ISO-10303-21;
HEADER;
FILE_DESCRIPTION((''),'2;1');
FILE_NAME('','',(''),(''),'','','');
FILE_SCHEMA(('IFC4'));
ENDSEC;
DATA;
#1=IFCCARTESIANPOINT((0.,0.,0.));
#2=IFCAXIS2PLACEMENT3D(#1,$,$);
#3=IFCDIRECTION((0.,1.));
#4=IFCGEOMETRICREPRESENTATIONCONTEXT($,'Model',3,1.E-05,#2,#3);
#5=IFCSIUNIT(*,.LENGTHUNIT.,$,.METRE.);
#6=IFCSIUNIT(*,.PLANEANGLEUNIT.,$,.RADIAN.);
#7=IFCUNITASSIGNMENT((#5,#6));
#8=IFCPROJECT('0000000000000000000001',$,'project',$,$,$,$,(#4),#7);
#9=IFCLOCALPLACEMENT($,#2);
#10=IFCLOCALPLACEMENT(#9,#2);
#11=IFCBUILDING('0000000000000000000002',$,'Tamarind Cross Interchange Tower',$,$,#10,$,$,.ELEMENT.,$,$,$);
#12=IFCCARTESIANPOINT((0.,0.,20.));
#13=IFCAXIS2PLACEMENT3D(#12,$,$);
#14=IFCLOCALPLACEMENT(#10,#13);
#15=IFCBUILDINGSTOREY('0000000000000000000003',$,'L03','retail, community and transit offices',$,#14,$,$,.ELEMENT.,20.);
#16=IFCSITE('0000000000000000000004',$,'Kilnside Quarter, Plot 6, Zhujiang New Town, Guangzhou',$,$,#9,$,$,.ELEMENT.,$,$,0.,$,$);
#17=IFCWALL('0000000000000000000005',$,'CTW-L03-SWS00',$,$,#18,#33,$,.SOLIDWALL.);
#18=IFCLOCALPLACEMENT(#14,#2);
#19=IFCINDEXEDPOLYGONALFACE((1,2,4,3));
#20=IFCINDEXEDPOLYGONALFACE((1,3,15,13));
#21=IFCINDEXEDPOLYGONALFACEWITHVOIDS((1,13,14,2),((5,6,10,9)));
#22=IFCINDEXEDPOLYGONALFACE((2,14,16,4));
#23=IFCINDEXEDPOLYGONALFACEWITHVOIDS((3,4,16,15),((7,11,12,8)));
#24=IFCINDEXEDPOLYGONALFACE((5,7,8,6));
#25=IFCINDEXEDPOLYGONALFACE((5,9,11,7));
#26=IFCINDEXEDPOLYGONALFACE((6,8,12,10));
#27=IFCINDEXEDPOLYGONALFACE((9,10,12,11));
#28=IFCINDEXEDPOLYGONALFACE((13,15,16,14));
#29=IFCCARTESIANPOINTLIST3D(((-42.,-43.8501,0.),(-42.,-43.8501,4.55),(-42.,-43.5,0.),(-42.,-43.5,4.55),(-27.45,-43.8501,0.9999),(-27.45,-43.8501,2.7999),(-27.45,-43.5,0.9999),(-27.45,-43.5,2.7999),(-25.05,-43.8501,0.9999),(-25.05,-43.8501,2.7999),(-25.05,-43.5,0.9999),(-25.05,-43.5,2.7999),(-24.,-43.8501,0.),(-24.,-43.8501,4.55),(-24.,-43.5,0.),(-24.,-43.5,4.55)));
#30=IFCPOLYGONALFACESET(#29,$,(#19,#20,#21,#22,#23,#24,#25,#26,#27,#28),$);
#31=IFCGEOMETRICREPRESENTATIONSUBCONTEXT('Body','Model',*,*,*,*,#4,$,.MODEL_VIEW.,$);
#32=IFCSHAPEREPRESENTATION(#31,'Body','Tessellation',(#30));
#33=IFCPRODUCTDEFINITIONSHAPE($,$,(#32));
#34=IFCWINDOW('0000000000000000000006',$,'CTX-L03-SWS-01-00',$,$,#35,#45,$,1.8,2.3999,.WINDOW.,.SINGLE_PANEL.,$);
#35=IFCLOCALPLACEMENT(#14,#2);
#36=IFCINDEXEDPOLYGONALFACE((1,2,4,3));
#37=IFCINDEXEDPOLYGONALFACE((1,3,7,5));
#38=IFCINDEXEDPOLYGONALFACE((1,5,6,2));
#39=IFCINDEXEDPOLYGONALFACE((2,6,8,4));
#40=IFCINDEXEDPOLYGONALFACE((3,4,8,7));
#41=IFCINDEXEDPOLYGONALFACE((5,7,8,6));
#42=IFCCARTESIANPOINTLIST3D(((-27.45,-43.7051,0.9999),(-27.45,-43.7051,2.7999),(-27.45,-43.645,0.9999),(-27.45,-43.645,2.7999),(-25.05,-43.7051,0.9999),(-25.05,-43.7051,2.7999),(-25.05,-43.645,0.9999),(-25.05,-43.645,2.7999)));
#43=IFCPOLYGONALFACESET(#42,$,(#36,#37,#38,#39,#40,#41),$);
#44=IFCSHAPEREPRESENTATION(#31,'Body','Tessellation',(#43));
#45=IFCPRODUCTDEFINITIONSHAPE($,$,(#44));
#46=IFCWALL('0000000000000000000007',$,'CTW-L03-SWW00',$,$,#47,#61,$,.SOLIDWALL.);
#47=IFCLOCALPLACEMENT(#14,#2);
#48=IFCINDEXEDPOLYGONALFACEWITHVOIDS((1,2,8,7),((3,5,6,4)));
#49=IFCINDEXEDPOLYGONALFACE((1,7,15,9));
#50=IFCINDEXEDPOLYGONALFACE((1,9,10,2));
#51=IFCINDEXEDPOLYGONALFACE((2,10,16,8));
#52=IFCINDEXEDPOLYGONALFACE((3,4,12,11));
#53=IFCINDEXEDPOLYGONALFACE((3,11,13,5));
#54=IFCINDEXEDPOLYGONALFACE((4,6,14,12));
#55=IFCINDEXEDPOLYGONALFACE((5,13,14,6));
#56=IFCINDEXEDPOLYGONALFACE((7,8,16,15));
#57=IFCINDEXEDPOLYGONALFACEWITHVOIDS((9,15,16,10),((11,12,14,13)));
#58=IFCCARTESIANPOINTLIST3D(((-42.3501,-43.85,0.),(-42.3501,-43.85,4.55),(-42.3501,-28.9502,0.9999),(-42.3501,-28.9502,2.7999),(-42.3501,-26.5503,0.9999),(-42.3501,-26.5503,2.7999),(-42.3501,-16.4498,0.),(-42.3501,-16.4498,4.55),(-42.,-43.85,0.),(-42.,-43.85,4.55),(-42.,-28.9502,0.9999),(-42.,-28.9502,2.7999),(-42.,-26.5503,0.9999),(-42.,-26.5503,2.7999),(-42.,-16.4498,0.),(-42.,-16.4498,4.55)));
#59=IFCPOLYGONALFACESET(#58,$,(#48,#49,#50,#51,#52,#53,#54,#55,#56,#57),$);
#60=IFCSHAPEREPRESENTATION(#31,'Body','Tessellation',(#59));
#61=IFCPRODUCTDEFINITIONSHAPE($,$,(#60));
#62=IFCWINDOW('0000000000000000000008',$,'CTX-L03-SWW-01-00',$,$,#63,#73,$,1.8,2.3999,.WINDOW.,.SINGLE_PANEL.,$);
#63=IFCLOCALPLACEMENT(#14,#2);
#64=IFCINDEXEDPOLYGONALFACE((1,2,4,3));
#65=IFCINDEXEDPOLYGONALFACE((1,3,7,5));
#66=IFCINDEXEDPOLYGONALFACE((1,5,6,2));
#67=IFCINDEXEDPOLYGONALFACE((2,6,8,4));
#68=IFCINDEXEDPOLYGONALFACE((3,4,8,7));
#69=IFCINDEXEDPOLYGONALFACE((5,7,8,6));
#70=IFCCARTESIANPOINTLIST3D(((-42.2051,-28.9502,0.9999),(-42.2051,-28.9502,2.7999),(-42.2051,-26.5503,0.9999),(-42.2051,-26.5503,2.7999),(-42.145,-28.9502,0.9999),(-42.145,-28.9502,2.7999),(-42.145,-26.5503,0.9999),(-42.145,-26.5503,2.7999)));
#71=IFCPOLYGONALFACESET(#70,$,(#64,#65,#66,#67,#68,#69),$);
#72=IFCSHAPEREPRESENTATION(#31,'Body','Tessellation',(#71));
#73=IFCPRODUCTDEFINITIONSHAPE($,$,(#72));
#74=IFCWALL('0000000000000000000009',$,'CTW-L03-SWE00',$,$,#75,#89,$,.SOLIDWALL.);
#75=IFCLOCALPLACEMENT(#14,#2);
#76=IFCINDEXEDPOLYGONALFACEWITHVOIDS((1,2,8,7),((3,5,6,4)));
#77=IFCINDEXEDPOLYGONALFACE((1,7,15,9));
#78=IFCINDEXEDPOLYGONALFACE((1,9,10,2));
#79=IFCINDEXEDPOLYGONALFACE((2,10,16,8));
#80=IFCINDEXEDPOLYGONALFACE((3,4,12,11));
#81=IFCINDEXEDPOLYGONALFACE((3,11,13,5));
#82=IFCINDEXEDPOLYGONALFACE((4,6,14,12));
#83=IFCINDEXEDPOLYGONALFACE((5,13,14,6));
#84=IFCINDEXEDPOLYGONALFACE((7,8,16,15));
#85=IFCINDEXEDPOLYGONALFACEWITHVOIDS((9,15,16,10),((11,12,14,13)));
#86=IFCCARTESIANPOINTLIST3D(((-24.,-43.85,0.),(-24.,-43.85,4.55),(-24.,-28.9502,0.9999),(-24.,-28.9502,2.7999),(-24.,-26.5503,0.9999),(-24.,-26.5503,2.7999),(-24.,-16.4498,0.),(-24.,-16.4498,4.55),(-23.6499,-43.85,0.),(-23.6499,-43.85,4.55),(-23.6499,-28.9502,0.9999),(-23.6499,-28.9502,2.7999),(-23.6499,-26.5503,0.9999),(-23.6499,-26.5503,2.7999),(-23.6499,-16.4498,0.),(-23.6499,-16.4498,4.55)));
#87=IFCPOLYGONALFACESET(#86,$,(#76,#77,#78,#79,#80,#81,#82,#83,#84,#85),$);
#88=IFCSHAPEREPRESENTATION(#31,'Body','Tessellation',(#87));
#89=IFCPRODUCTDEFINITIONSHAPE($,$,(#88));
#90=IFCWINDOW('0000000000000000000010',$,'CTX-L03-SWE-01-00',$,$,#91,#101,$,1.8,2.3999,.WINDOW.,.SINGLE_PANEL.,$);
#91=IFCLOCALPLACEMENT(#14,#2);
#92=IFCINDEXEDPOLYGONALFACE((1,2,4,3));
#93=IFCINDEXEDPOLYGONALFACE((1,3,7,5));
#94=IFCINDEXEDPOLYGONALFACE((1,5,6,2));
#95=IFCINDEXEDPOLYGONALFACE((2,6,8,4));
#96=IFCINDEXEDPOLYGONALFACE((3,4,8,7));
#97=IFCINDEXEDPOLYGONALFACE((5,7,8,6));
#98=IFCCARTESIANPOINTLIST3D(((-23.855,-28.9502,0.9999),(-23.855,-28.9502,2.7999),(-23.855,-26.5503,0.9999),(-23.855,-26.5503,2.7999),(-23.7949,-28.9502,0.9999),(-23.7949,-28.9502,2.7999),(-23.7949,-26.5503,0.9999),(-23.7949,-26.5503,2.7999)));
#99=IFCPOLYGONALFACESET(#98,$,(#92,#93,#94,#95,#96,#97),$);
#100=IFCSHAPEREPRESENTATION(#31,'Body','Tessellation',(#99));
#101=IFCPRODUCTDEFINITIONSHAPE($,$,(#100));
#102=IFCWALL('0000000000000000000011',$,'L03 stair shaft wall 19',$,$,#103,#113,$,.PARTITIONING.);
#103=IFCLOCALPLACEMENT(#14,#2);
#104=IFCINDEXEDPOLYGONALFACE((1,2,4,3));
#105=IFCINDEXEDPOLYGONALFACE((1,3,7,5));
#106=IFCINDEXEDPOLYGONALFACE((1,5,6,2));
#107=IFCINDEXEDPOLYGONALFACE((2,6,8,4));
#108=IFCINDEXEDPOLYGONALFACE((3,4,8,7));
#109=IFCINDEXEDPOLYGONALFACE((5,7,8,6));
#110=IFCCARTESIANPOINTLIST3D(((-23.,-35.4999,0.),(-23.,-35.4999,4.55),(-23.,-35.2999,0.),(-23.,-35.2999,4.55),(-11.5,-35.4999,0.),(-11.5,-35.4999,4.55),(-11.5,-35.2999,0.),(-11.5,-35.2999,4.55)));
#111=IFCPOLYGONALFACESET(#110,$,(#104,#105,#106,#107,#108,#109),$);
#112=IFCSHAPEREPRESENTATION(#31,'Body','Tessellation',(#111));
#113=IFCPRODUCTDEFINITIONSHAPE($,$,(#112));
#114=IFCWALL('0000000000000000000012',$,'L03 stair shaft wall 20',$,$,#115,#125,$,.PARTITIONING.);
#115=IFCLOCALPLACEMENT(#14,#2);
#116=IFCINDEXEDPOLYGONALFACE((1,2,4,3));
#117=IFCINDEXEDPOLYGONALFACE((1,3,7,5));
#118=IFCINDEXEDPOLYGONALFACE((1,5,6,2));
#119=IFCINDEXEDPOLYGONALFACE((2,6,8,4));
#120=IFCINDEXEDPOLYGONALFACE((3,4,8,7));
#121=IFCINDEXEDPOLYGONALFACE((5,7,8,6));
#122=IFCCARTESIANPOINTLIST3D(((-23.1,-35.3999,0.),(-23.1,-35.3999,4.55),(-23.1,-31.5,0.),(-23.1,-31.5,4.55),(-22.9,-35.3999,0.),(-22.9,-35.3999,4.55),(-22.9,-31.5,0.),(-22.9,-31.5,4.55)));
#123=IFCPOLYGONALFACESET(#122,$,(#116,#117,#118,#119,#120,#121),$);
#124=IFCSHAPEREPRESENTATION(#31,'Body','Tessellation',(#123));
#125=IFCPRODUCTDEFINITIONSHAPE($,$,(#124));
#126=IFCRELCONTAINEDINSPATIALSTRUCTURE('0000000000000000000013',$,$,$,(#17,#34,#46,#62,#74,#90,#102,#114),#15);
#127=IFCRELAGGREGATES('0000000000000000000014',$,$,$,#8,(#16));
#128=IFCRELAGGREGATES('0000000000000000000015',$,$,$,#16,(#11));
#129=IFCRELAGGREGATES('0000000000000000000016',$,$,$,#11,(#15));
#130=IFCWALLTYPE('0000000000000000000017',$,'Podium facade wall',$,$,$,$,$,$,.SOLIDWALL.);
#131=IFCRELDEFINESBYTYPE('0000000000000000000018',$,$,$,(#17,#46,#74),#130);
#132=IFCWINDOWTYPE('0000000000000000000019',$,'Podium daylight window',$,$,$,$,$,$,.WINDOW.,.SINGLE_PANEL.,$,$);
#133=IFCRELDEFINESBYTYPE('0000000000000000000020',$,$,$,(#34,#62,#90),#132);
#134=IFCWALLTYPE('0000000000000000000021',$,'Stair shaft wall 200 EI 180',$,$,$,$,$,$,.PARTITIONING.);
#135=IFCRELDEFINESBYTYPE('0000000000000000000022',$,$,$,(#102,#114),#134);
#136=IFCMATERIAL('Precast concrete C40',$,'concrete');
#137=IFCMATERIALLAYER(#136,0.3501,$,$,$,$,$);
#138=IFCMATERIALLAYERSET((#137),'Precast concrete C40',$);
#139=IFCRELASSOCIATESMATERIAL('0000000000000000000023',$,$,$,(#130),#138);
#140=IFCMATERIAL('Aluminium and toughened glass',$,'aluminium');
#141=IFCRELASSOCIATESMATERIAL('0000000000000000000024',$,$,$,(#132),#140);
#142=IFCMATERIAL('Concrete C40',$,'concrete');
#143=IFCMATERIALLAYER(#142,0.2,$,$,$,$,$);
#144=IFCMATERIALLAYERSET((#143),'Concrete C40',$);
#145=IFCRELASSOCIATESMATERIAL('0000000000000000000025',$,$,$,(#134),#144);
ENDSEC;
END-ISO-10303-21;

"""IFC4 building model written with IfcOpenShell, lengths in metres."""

from ifc_helpers import new_model, si_unit, direction, frame, frame_2d, origin, place, context, subcontext, project, spatial, rectangle, extrude, material, layer, layer_set, type_object, element, fill, save


model = new_model("IFC4")

# Units and contexts
model_context = context("Model", 3, precision=1e-05, world=origin(), true_north=direction((0.0, 1.0)))
body_context = subcontext(model_context, "Body", "Model", "MODEL_VIEW")
ifc_project = project(units=[si_unit("LENGTHUNIT", "METRE"), si_unit("PLANEANGLEUNIT", "RADIAN")], contexts=[model_context])

# Site, building, storey
site_placement = place(None, origin())
site = spatial("IfcSite", under=ifc_project, at=site_placement, Name="Kilnside Quarter, Plot 6, Zhujiang New Town, Guangzhou", CompositionType="ELEMENT", RefElevation=0.0)
building_placement = place(site_placement, origin())
building = spatial("IfcBuilding", under=site, at=building_placement, Name="Tamarind Cross Interchange Tower", CompositionType="ELEMENT")
storey_placement = place(building_placement, frame((0.0, 0.0, 20.0)))
storey = spatial("IfcBuildingStorey", under=building, at=storey_placement, Name="L03", Description="retail, community and transit offices", CompositionType="ELEMENT", Elevation=20.0)

# Walls, openings, windows
ifc_material_1 = material(Name="Precast concrete C40", Category="concrete")
ifc_layer_1 = layer(ifc_material_1, 0.3501)
ifc_layer_set_1 = layer_set([ifc_layer_1], Name="Precast concrete C40")
wall_type_1 = type_object("IfcWallType", Name="Podium facade wall", PredefinedType="SOLIDWALL", material=ifc_layer_set_1)
wall_1_placement = place(storey_placement, frame((-42.0, -43.675, 0.0), z_axis=(0.0, 0.0, 1.0), x_axis=(1.0, 0.0, 0.0)))
wall_1 = element("IfcWall", 1, at=wall_1_placement, inside=storey, type_object=wall_type_1, Name="CTW-L03-SWS00", PredefinedType="SOLIDWALL", context=body_context, shape_type="SweptSolid", body=[
    extrude(rectangle(XDim=18.0, YDim=0.3501, at=frame_2d((9.0, 0.0))), origin(), (0.0, 0.0, 1.0), 4.55),
])
opening_1_placement = place(wall_1_placement, frame((14.55, 0.0, 1.0)))
opening_1 = element("IfcOpeningElement", 2, at=opening_1_placement, cuts=wall_1, PredefinedType="OPENING", context=body_context, shape_type="SweptSolid", body=[
    extrude(rectangle(XDim=2.3999, YDim=1.8, at=frame_2d((1.2, 0.8999))), frame((0.0, 0.1851, 0.0), z_axis=(0.0, -1.0, 0.0), x_axis=(1.0, 0.0, 0.0)), (0.0, 0.0, 1.0), 0.3701),
])
ifc_material_2 = material(Name="Aluminium and toughened glass", Category="aluminium")
window_type = type_object("IfcWindowType", Name="Podium daylight window", PartitioningType="SINGLE_PANEL", PredefinedType="WINDOW", material=ifc_material_2)
window_1_placement = place(opening_1_placement, origin())
window_1 = element("IfcWindow", 3, at=window_1_placement, inside=storey, type_object=window_type, Name="CTX-L03-SWS-01-00", OverallHeight=1.8, OverallWidth=2.3999, PartitioningType="SINGLE_PANEL", PredefinedType="WINDOW", context=body_context, shape_type="SweptSolid", body=[
    extrude(rectangle(XDim=2.3999, YDim=1.8, at=frame_2d((1.2, 0.8999))), frame((0.0, 0.03, 0.0), z_axis=(0.0, -1.0, 0.0), x_axis=(1.0, 0.0, 0.0)), (0.0, 0.0, 1.0), 0.0601),
])
fill(opening_1, window_1)
wall_2_placement = place(storey_placement, frame((-42.175, -43.8501, 0.0), z_axis=(0.0, 0.0, 1.0), x_axis=(0.0, 1.0, 0.0)))
wall_2 = element("IfcWall", 4, at=wall_2_placement, inside=storey, type_object=wall_type_1, Name="CTW-L03-SWW00", PredefinedType="SOLIDWALL", context=body_context, shape_type="SweptSolid", body=[
    extrude(rectangle(XDim=27.4001, YDim=0.3501, at=frame_2d((13.7002, 0.0))), origin(), (0.0, 0.0, 1.0), 4.55),
])
opening_2_placement = place(wall_2_placement, frame((14.8999, 0.0, 1.0)))
opening_2 = element("IfcOpeningElement", 5, at=opening_2_placement, cuts=wall_2, PredefinedType="OPENING", context=body_context, shape_type="SweptSolid", body=[
    extrude(rectangle(XDim=2.3999, YDim=1.8, at=frame_2d((1.2, 0.8999))), frame((0.0, 0.1851, 0.0), z_axis=(0.0, -1.0, 0.0), x_axis=(1.0, 0.0, 0.0)), (0.0, 0.0, 1.0), 0.3701),
])
window_2_placement = place(opening_2_placement, origin())
window_2 = element("IfcWindow", 6, at=window_2_placement, inside=storey, type_object=window_type, Name="CTX-L03-SWW-01-00", OverallHeight=1.8, OverallWidth=2.3999, PartitioningType="SINGLE_PANEL", PredefinedType="WINDOW", context=body_context, shape_type="SweptSolid", body=[
    extrude(rectangle(XDim=2.3999, YDim=1.8, at=frame_2d((1.2, 0.8999))), frame((0.0, 0.03, 0.0), z_axis=(0.0, -1.0, 0.0), x_axis=(1.0, 0.0, 0.0)), (0.0, 0.0, 1.0), 0.0601),
])
fill(opening_2, window_2)
wall_3_placement = place(storey_placement, frame((-23.825, -43.8501, 0.0), z_axis=(0.0, 0.0, 1.0), x_axis=(0.0, 1.0, 0.0)))
wall_3 = element("IfcWall", 7, at=wall_3_placement, inside=storey, type_object=wall_type_1, Name="CTW-L03-SWE00", PredefinedType="SOLIDWALL", context=body_context, shape_type="SweptSolid", body=[
    extrude(rectangle(XDim=27.4001, YDim=0.3501, at=frame_2d((13.7002, 0.0))), origin(), (0.0, 0.0, 1.0), 4.55),
])
opening_3_placement = place(wall_3_placement, frame((14.8999, 0.0, 1.0)))
opening_3 = element("IfcOpeningElement", 8, at=opening_3_placement, cuts=wall_3, PredefinedType="OPENING", context=body_context, shape_type="SweptSolid", body=[
    extrude(rectangle(XDim=2.3999, YDim=1.8, at=frame_2d((1.2, 0.8999))), frame((0.0, 0.1851, 0.0), z_axis=(0.0, -1.0, 0.0), x_axis=(1.0, 0.0, 0.0)), (0.0, 0.0, 1.0), 0.3701),
])
window_3_placement = place(opening_3_placement, origin())
window_3 = element("IfcWindow", 9, at=window_3_placement, inside=storey, type_object=window_type, Name="CTX-L03-SWE-01-00", OverallHeight=1.8, OverallWidth=2.3999, PartitioningType="SINGLE_PANEL", PredefinedType="WINDOW", context=body_context, shape_type="SweptSolid", body=[
    extrude(rectangle(XDim=2.3999, YDim=1.8, at=frame_2d((1.2, 0.8999))), frame((0.0, 0.03, 0.0), z_axis=(0.0, -1.0, 0.0), x_axis=(1.0, 0.0, 0.0)), (0.0, 0.0, 1.0), 0.0601),
])
fill(opening_3, window_3)

# Walls
ifc_material_3 = material(Name="Concrete C40", Category="concrete")
ifc_layer_2 = layer(ifc_material_3, 0.2)
ifc_layer_set_2 = layer_set([ifc_layer_2], Name="Concrete C40")
wall_type_2 = type_object("IfcWallType", Name="Stair shaft wall 200 EI 180", PredefinedType="PARTITIONING", material=ifc_layer_set_2)
wall_4_placement = place(storey_placement, frame((-23.0, -35.3999, 0.0), z_axis=(0.0, 0.0, 1.0), x_axis=(1.0, 0.0, 0.0)))
element("IfcWall", 10, at=wall_4_placement, inside=storey, type_object=wall_type_2, Name="L03 stair shaft wall 19", PredefinedType="PARTITIONING", context=body_context, shape_type="SweptSolid", body=[
    extrude(rectangle(XDim=11.5, YDim=0.2, at=frame_2d((5.75, 0.0))), origin(), (0.0, 0.0, 1.0), 4.55),
])
wall_5_placement = place(storey_placement, frame((-23.0, -35.3999, 0.0), z_axis=(0.0, 0.0, 1.0), x_axis=(0.0, 1.0, 0.0)))
element("IfcWall", 11, at=wall_5_placement, inside=storey, type_object=wall_type_2, Name="L03 stair shaft wall 20", PredefinedType="PARTITIONING", context=body_context, shape_type="SweptSolid", body=[
    extrude(rectangle(XDim=3.8999, YDim=0.2, at=frame_2d((1.95, 0.0))), origin(), (0.0, 0.0, 1.0), 4.55),
])

save(model, "model.ifc")
